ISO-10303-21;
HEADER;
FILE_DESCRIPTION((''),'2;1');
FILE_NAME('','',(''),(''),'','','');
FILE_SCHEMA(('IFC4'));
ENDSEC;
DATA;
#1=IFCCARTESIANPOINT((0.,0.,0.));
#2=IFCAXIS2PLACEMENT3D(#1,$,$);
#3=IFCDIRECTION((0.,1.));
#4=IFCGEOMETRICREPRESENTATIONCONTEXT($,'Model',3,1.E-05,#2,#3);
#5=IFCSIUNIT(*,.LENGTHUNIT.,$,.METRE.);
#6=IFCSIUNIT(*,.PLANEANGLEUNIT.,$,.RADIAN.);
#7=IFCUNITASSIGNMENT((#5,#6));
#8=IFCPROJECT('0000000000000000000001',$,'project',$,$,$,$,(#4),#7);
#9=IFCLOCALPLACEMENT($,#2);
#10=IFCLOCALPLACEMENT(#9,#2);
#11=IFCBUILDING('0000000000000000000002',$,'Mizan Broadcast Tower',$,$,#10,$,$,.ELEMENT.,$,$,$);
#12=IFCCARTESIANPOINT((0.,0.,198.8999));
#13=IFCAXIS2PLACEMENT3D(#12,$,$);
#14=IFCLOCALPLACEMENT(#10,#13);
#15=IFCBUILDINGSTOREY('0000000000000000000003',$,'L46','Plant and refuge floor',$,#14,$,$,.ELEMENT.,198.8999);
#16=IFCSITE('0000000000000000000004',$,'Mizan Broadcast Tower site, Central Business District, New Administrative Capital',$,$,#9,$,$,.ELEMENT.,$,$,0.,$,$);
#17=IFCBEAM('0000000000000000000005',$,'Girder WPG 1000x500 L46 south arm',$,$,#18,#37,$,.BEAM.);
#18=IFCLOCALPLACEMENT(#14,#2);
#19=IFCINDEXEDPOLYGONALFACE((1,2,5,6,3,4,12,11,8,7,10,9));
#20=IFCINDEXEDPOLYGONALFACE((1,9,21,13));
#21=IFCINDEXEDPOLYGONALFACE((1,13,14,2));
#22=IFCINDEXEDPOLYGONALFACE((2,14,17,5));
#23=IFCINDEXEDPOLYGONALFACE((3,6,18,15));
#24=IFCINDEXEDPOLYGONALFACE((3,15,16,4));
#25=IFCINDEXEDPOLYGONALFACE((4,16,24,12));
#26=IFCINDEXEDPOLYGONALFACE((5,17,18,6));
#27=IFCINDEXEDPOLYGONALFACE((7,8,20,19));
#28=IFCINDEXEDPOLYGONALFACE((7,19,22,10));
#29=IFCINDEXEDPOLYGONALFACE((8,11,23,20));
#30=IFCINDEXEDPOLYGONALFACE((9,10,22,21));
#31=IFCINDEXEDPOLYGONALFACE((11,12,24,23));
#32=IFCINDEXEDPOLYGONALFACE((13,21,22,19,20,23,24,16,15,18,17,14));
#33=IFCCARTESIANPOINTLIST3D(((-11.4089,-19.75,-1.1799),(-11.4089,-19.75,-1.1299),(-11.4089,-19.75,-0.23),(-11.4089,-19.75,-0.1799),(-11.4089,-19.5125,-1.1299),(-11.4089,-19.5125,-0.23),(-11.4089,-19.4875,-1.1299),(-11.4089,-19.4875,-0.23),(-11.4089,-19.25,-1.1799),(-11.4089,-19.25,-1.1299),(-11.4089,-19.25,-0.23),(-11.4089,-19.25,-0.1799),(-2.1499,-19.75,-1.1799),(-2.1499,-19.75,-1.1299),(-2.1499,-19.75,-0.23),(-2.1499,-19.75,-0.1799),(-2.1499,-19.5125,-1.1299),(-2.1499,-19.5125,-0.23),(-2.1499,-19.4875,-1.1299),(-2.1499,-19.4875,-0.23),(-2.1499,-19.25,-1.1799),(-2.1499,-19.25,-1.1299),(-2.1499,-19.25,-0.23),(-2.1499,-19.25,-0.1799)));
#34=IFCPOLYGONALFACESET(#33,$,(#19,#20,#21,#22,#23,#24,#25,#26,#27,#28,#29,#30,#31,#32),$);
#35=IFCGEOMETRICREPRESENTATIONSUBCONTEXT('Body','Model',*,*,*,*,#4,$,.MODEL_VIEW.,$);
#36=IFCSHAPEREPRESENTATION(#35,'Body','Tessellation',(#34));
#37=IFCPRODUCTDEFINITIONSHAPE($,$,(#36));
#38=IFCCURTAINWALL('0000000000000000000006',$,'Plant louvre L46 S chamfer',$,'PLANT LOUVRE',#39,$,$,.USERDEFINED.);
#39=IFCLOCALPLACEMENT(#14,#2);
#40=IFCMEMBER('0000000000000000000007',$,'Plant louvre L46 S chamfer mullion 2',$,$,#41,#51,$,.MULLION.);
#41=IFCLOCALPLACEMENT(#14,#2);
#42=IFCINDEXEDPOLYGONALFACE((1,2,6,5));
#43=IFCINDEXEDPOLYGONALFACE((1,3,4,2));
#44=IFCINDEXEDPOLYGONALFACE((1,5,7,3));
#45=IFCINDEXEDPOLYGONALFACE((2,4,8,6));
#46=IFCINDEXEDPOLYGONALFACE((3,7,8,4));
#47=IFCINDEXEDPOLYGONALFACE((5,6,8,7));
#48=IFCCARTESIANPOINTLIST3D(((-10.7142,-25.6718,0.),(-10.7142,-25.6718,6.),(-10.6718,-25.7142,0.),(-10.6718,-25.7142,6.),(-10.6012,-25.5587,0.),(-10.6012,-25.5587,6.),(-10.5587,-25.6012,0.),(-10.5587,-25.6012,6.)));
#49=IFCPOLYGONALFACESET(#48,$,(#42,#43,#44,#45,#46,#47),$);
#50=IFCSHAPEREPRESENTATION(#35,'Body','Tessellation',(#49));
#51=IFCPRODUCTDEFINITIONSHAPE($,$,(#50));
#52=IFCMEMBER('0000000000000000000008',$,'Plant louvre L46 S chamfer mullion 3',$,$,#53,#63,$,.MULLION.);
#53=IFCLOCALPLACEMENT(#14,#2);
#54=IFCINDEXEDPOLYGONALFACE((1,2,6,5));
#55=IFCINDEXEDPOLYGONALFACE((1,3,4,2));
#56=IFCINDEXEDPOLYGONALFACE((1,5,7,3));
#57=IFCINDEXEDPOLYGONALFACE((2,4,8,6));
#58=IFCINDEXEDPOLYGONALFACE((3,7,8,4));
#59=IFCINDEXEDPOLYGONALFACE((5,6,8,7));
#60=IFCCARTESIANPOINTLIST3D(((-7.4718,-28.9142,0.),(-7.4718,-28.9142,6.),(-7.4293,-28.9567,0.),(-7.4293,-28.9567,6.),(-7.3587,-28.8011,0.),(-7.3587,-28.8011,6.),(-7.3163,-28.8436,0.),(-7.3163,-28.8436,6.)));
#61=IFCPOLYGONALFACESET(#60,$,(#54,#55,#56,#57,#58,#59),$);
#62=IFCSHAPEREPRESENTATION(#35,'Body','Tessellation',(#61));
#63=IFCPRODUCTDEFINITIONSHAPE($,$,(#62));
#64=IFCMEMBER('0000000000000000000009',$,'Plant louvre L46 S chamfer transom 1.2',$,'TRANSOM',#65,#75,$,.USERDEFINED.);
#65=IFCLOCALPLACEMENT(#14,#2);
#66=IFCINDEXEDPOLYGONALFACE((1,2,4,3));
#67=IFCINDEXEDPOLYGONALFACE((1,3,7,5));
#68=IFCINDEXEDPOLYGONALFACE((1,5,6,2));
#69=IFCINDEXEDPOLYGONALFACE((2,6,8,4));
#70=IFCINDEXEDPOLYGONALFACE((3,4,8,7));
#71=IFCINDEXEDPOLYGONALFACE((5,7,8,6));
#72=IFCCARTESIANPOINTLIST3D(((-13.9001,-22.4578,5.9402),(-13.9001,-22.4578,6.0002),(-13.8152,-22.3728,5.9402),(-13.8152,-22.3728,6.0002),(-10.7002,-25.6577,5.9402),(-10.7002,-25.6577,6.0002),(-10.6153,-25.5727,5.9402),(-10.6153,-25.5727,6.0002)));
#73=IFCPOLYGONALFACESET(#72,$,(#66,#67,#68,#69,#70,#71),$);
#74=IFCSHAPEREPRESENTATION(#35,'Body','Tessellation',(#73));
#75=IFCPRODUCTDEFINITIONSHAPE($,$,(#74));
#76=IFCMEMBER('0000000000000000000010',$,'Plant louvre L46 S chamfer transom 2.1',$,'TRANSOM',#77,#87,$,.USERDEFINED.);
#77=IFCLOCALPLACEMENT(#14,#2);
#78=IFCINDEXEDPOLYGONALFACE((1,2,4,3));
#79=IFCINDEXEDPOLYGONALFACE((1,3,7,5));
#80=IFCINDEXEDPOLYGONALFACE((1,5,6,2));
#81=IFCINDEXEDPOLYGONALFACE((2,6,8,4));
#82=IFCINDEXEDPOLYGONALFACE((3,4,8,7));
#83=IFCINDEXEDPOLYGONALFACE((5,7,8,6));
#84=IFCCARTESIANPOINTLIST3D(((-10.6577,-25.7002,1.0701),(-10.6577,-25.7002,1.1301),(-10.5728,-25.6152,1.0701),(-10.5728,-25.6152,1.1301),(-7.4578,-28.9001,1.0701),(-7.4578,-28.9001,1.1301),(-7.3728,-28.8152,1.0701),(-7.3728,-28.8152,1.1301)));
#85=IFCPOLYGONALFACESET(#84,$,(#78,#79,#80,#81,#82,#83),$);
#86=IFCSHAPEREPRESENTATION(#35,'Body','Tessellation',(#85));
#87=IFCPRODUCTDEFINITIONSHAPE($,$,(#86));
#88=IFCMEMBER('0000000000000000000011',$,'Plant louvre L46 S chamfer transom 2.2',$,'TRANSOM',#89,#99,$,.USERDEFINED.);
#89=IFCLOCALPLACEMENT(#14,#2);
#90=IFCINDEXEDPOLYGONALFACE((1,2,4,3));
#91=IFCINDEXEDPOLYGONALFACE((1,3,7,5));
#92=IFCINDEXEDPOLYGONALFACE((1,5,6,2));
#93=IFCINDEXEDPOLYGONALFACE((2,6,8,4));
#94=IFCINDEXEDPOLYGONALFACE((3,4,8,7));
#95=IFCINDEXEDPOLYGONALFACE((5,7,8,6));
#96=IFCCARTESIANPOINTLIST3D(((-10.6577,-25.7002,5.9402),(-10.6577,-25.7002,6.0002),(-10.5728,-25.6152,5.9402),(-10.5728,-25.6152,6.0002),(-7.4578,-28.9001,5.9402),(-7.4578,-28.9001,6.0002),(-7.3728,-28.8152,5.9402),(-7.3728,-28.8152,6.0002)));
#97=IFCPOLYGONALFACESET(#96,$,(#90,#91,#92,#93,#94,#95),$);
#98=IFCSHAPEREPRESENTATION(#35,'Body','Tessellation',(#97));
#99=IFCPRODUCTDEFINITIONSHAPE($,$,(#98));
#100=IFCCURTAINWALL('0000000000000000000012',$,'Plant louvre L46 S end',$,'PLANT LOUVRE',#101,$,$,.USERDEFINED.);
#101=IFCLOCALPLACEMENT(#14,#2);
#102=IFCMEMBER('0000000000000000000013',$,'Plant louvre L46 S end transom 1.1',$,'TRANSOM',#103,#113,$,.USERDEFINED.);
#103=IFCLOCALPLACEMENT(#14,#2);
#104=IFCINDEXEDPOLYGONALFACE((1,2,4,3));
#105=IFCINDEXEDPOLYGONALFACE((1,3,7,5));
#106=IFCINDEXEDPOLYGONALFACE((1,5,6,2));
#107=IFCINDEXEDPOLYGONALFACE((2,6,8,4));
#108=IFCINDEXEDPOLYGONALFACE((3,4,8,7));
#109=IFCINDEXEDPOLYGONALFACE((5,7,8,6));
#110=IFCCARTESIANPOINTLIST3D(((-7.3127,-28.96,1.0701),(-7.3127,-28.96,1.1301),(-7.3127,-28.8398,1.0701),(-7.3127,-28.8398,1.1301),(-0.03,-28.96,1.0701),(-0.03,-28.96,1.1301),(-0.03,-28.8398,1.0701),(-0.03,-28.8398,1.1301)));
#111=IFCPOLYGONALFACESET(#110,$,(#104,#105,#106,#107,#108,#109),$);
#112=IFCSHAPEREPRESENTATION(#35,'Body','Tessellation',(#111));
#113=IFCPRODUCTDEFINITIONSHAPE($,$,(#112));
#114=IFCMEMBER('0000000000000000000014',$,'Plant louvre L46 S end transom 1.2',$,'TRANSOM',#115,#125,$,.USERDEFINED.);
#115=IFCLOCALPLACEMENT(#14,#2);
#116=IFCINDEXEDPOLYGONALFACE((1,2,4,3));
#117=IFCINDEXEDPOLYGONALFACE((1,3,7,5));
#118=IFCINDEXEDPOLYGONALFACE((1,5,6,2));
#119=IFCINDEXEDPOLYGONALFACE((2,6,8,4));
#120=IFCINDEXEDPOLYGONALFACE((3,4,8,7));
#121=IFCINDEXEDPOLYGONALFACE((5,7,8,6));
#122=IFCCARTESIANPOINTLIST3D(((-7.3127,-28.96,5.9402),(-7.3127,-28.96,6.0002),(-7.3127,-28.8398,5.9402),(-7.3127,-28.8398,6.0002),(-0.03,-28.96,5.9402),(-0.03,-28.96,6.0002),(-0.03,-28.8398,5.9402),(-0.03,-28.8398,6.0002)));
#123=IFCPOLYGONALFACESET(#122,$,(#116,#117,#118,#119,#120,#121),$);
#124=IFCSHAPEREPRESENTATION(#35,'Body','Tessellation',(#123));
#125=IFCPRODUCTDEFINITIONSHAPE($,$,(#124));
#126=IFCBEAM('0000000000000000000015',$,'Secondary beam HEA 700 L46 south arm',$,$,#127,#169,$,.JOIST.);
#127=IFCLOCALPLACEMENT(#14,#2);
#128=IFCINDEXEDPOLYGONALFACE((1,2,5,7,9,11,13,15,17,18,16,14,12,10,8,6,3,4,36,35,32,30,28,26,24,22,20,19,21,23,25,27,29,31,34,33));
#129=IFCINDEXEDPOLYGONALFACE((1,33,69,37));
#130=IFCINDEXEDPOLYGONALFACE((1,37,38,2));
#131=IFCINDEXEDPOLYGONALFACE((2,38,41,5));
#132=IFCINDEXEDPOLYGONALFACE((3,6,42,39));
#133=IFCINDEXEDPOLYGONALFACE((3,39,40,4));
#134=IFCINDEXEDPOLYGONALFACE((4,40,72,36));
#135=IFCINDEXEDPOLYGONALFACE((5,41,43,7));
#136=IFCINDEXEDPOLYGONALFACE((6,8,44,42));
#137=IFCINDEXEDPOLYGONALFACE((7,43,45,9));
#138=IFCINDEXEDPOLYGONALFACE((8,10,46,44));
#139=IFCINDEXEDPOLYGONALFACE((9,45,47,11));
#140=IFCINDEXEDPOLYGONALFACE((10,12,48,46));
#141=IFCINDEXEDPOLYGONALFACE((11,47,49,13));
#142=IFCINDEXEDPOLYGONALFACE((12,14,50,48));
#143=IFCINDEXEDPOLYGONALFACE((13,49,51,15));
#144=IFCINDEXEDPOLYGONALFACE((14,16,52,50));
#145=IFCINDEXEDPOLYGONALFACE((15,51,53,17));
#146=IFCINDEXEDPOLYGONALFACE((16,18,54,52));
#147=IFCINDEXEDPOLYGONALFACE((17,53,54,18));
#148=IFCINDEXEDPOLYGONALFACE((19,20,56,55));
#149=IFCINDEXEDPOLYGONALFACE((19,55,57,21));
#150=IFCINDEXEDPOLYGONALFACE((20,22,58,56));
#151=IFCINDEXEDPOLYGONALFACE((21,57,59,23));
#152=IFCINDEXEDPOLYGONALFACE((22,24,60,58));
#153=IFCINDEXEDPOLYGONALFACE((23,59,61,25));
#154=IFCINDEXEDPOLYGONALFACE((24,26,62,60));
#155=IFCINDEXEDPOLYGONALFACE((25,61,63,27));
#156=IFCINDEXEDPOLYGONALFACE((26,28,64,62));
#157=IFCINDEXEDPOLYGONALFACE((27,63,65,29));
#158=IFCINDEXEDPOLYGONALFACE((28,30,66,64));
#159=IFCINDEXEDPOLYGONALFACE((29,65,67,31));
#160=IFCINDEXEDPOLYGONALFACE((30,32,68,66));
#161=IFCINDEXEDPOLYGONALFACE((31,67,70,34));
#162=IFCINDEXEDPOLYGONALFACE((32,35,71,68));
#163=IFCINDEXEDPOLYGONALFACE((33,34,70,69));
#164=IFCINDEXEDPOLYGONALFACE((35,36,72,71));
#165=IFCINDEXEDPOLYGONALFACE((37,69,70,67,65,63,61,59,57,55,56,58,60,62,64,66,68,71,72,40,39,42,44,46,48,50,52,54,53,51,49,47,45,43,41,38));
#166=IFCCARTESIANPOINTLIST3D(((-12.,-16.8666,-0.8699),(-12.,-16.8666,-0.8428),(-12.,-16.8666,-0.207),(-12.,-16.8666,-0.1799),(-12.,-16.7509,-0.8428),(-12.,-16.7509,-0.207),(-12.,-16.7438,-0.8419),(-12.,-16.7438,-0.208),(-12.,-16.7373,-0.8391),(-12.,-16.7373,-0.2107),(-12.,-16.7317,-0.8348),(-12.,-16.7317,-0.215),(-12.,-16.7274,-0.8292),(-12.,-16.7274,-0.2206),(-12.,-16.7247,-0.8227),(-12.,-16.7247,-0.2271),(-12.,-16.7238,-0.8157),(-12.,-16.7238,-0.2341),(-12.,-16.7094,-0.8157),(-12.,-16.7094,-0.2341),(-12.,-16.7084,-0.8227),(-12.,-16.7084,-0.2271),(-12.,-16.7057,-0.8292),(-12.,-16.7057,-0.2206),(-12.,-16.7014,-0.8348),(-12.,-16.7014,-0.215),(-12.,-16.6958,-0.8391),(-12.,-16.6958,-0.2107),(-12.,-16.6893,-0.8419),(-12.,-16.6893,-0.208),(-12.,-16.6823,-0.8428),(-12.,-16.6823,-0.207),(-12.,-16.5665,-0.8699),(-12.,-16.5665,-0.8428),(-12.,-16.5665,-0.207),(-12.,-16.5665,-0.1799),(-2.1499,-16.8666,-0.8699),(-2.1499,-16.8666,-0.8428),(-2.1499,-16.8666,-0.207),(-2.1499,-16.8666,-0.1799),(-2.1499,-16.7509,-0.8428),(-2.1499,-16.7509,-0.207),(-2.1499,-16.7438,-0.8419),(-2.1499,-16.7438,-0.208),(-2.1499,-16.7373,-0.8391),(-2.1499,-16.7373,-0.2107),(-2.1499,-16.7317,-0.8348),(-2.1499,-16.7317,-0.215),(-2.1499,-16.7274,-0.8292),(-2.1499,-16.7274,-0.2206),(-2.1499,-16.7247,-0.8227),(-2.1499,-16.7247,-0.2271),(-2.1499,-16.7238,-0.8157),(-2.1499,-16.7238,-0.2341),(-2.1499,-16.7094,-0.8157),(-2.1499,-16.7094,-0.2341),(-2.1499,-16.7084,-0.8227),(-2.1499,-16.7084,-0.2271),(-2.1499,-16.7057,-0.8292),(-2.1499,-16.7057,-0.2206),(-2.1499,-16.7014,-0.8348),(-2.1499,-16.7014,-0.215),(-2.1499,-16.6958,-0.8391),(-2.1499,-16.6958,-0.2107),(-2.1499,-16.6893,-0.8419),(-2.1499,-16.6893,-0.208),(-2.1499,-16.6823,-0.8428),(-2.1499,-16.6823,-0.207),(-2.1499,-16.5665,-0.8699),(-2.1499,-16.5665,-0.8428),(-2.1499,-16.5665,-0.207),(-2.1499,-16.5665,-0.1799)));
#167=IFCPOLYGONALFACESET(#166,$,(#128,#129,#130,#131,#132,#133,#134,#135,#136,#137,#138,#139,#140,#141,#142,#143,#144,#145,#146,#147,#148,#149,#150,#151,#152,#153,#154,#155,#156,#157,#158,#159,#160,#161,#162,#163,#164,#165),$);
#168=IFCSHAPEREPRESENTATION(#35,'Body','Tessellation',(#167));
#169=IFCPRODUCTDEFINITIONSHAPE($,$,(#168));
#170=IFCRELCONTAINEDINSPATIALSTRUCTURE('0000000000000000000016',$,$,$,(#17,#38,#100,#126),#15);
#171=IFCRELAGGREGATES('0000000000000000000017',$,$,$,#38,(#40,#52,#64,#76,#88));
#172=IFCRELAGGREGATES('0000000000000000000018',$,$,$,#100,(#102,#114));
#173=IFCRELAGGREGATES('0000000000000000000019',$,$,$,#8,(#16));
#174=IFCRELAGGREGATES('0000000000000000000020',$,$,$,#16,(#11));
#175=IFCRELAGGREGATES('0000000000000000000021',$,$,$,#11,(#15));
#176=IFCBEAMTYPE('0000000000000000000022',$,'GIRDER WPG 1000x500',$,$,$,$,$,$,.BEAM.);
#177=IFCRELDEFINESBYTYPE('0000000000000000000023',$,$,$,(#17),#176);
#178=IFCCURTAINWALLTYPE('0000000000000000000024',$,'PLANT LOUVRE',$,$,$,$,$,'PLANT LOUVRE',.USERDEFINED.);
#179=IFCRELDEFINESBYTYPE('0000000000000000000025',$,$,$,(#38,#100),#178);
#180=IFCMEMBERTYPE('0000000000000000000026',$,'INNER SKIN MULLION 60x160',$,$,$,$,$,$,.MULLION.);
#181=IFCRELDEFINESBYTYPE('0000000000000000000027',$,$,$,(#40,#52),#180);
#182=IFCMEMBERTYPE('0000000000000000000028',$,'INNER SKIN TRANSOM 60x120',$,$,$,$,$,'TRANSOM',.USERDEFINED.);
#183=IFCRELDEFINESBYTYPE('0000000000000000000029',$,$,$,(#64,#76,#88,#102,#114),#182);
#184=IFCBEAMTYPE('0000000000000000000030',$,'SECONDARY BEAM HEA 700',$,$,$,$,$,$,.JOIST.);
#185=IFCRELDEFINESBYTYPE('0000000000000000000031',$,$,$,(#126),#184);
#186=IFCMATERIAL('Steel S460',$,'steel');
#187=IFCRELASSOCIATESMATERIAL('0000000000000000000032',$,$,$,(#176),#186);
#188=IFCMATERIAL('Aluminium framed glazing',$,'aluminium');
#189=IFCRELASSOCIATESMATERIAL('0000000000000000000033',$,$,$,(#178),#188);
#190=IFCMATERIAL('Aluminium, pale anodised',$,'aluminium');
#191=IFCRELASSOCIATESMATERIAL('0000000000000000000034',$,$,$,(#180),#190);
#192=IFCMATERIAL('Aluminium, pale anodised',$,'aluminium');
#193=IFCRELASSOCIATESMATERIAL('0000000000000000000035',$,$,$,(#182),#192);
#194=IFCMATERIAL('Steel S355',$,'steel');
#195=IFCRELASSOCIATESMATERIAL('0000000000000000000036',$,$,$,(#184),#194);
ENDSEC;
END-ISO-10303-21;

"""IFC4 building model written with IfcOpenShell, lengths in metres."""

from ifc_helpers import new_model, si_unit, direction, frame, origin, origin_2d, place, context, subcontext, project, spatial, rectangle, i_section, extrude, material, material_profile, profile_set, type_object, element, aggregate, save


model = new_model("IFC4")

# Units and contexts
model_context = context("Model", 3, precision=1e-05, world=origin(), true_north=direction((0.0, 1.0)))
body_context = subcontext(model_context, "Body", "Model", "MODEL_VIEW")
ifc_project = project(units=[si_unit("LENGTHUNIT", "METRE"), si_unit("PLANEANGLEUNIT", "RADIAN")], contexts=[model_context])

# Site, building, storey
site_placement = place(None, origin())
site = spatial("IfcSite", under=ifc_project, at=site_placement, Name="Mizan Broadcast Tower site, Central Business District, New Administrative Capital", CompositionType="ELEMENT", RefElevation=0.0)
building_placement = place(site_placement, origin())
building = spatial("IfcBuilding", under=site, at=building_placement, Name="Mizan Broadcast Tower", CompositionType="ELEMENT")
storey_placement = place(building_placement, frame((0.0, 0.0, 198.8999)))
storey = spatial("IfcBuildingStorey", under=building, at=storey_placement, Name="L46", Description="Plant and refuge floor", CompositionType="ELEMENT", Elevation=198.8999)

# Beam
ifc_material_1 = material(Name="Steel S460", Category="steel")
ifc_material_profile_1 = material_profile(ifc_material_1, i_section(OverallWidth=0.5, OverallDepth=1.0, WebThickness=0.0249, FlangeThickness=0.05, at=origin_2d()), Name="WPG 1000x500")
ifc_profile_set_1 = profile_set([ifc_material_profile_1], Name="Steel S460")
beam_type_1 = type_object("IfcBeamType", Name="GIRDER WPG 1000x500", PredefinedType="BEAM", material=ifc_profile_set_1)
beam_1_placement = place(storey_placement, frame((-11.4089, -19.5, -0.6799), z_axis=(1.0, 0.0, 0.0), x_axis=(0.0, 1.0, 0.0)))
element("IfcBeam", 1, at=beam_1_placement, inside=storey, type_object=beam_type_1, Name="Girder WPG 1000x500 L46 south arm", PredefinedType="BEAM", context=body_context, shape_type="SweptSolid", body=[
    extrude(i_section(OverallWidth=0.5, OverallDepth=1.0, WebThickness=0.0249, FlangeThickness=0.05, at=origin_2d()), origin(), (0.0, 0.0, 1.0), 9.259),
])

# Curtain walls, members
ifc_material_2 = material(Name="Aluminium framed glazing", Category="aluminium")
curtain_wall_type = type_object("IfcCurtainWallType", Name="PLANT LOUVRE", ElementType="PLANT LOUVRE", PredefinedType="USERDEFINED", material=ifc_material_2)
curtain_wall_1_placement = place(storey_placement, origin())
curtain_wall_1 = element("IfcCurtainWall", 2, at=curtain_wall_1_placement, inside=storey, type_object=curtain_wall_type, Name="Plant louvre L46 S chamfer", ObjectType="PLANT LOUVRE", PredefinedType="USERDEFINED")
ifc_material_3 = material(Name="Aluminium, pale anodised", Category="aluminium")
ifc_material_profile_2 = material_profile(ifc_material_3, rectangle(XDim=0.1599, YDim=0.0601, at=origin_2d()), Name="MULLION 160x60")
ifc_profile_set_2 = profile_set([ifc_material_profile_2], Name="Aluminium, pale anodised")
member_type_1 = type_object("IfcMemberType", Name="INNER SKIN MULLION 60x160", PredefinedType="MULLION", material=ifc_profile_set_2)
member_1_placement = place(storey_placement, frame((-10.6365, -25.6365, 0.0), z_axis=(0.0, 0.0, 1.0), x_axis=(0.707107, 0.707107, 0.0)))
member_1 = element("IfcMember", 3, at=member_1_placement, type_object=member_type_1, Name="Plant louvre L46 S chamfer mullion 2", PredefinedType="MULLION", context=body_context, shape_type="SweptSolid", body=[
    extrude(rectangle(XDim=0.1599, YDim=0.0601, at=origin_2d()), origin(), (0.0, 0.0, 1.0), 6.0),
])
member_2_placement = place(storey_placement, frame((-7.394, -28.8789, 0.0), z_axis=(0.0, 0.0, 1.0), x_axis=(0.707107, 0.707107, 0.0)))
member_2 = element("IfcMember", 4, at=member_2_placement, type_object=member_type_1, Name="Plant louvre L46 S chamfer mullion 3", PredefinedType="MULLION", context=body_context, shape_type="SweptSolid", body=[
    extrude(rectangle(XDim=0.1599, YDim=0.0601, at=origin_2d()), origin(), (0.0, 0.0, 1.0), 6.0),
])
ifc_material_4 = material(Name="Aluminium, pale anodised", Category="aluminium")
ifc_material_profile_3 = material_profile(ifc_material_4, rectangle(XDim=0.1201, YDim=0.0601, at=origin_2d()), Name="TRANSOM 120x60")
ifc_profile_set_3 = profile_set([ifc_material_profile_3], Name="Aluminium, pale anodised")
member_type_2 = type_object("IfcMemberType", Name="INNER SKIN TRANSOM 60x120", ElementType="TRANSOM", PredefinedType="USERDEFINED", material=ifc_profile_set_3)
member_3_placement = place(storey_placement, frame((-13.8577, -22.4153, 5.9702), z_axis=(0.707107, -0.707107, 0.0), x_axis=(0.707107, 0.707107, 0.0)))
member_3 = element("IfcMember", 5, at=member_3_placement, type_object=member_type_2, Name="Plant louvre L46 S chamfer transom 1.2", ObjectType="TRANSOM", PredefinedType="USERDEFINED", context=body_context, shape_type="SweptSolid", body=[
    extrude(rectangle(XDim=0.1201, YDim=0.0601, at=origin_2d()), origin(), (0.0, 0.0, 1.0), 4.5254),
])
member_4_placement = place(storey_placement, frame((-10.6152, -25.6577, 1.1001), z_axis=(0.707107, -0.707107, 0.0), x_axis=(0.707107, 0.707107, 0.0)))
member_4 = element("IfcMember", 6, at=member_4_placement, type_object=member_type_2, Name="Plant louvre L46 S chamfer transom 2.1", ObjectType="TRANSOM", PredefinedType="USERDEFINED", context=body_context, shape_type="SweptSolid", body=[
    extrude(rectangle(XDim=0.1201, YDim=0.0601, at=origin_2d()), origin(), (0.0, 0.0, 1.0), 4.5254),
])
member_5_placement = place(storey_placement, frame((-10.6152, -25.6577, 5.9702), z_axis=(0.707107, -0.707107, 0.0), x_axis=(0.707107, 0.707107, 0.0)))
member_5 = element("IfcMember", 7, at=member_5_placement, type_object=member_type_2, Name="Plant louvre L46 S chamfer transom 2.2", ObjectType="TRANSOM", PredefinedType="USERDEFINED", context=body_context, shape_type="SweptSolid", body=[
    extrude(rectangle(XDim=0.1201, YDim=0.0601, at=origin_2d()), origin(), (0.0, 0.0, 1.0), 4.5254),
])
curtain_wall_2_placement = place(storey_placement, origin())
curtain_wall_2 = element("IfcCurtainWall", 8, at=curtain_wall_2_placement, inside=storey, type_object=curtain_wall_type, Name="Plant louvre L46 S end", ObjectType="PLANT LOUVRE", PredefinedType="USERDEFINED")
member_6_placement = place(storey_placement, frame((-7.3127, -28.8999, 1.1001), z_axis=(1.0, 0.0, 0.0), x_axis=(0.0, 1.0, 0.0)))
member_6 = element("IfcMember", 9, at=member_6_placement, type_object=member_type_2, Name="Plant louvre L46 S end transom 1.1", ObjectType="TRANSOM", PredefinedType="USERDEFINED", context=body_context, shape_type="SweptSolid", body=[
    extrude(rectangle(XDim=0.1201, YDim=0.0601, at=origin_2d()), origin(), (0.0, 0.0, 1.0), 7.2827),
])
member_7_placement = place(storey_placement, frame((-7.3127, -28.8999, 5.9702), z_axis=(1.0, 0.0, 0.0), x_axis=(0.0, 1.0, 0.0)))
member_7 = element("IfcMember", 10, at=member_7_placement, type_object=member_type_2, Name="Plant louvre L46 S end transom 1.2", ObjectType="TRANSOM", PredefinedType="USERDEFINED", context=body_context, shape_type="SweptSolid", body=[
    extrude(rectangle(XDim=0.1201, YDim=0.0601, at=origin_2d()), origin(), (0.0, 0.0, 1.0), 7.2827),
])

# Beam
ifc_material_5 = material(Name="Steel S355", Category="steel")
ifc_material_profile_4 = material_profile(ifc_material_5, i_section(OverallWidth=0.3, OverallDepth=0.6899, WebThickness=0.0144, FlangeThickness=0.0271, FilletRadius=0.0271, at=origin_2d()), Name="HEA 700")
ifc_profile_set_4 = profile_set([ifc_material_profile_4], Name="Steel S355")
beam_type_2 = type_object("IfcBeamType", Name="SECONDARY BEAM HEA 700", PredefinedType="JOIST", material=ifc_profile_set_4)
beam_2_placement = place(storey_placement, frame((-12.0, -16.7166, -0.5249), z_axis=(1.0, 0.0, 0.0), x_axis=(0.0, 1.0, 0.0)))
element("IfcBeam", 11, at=beam_2_placement, inside=storey, type_object=beam_type_2, Name="Secondary beam HEA 700 L46 south arm", PredefinedType="JOIST", context=body_context, shape_type="SweptSolid", body=[
    extrude(i_section(OverallWidth=0.3, OverallDepth=0.6899, WebThickness=0.0144, FlangeThickness=0.0271, FilletRadius=0.0271, at=origin_2d()), origin(), (0.0, 0.0, 1.0), 9.8501),
])

aggregate(curtain_wall_1, [member_1, member_2, member_3, member_4, member_5])
aggregate(curtain_wall_2, [member_6, member_7])

save(model, "model.ifc")
